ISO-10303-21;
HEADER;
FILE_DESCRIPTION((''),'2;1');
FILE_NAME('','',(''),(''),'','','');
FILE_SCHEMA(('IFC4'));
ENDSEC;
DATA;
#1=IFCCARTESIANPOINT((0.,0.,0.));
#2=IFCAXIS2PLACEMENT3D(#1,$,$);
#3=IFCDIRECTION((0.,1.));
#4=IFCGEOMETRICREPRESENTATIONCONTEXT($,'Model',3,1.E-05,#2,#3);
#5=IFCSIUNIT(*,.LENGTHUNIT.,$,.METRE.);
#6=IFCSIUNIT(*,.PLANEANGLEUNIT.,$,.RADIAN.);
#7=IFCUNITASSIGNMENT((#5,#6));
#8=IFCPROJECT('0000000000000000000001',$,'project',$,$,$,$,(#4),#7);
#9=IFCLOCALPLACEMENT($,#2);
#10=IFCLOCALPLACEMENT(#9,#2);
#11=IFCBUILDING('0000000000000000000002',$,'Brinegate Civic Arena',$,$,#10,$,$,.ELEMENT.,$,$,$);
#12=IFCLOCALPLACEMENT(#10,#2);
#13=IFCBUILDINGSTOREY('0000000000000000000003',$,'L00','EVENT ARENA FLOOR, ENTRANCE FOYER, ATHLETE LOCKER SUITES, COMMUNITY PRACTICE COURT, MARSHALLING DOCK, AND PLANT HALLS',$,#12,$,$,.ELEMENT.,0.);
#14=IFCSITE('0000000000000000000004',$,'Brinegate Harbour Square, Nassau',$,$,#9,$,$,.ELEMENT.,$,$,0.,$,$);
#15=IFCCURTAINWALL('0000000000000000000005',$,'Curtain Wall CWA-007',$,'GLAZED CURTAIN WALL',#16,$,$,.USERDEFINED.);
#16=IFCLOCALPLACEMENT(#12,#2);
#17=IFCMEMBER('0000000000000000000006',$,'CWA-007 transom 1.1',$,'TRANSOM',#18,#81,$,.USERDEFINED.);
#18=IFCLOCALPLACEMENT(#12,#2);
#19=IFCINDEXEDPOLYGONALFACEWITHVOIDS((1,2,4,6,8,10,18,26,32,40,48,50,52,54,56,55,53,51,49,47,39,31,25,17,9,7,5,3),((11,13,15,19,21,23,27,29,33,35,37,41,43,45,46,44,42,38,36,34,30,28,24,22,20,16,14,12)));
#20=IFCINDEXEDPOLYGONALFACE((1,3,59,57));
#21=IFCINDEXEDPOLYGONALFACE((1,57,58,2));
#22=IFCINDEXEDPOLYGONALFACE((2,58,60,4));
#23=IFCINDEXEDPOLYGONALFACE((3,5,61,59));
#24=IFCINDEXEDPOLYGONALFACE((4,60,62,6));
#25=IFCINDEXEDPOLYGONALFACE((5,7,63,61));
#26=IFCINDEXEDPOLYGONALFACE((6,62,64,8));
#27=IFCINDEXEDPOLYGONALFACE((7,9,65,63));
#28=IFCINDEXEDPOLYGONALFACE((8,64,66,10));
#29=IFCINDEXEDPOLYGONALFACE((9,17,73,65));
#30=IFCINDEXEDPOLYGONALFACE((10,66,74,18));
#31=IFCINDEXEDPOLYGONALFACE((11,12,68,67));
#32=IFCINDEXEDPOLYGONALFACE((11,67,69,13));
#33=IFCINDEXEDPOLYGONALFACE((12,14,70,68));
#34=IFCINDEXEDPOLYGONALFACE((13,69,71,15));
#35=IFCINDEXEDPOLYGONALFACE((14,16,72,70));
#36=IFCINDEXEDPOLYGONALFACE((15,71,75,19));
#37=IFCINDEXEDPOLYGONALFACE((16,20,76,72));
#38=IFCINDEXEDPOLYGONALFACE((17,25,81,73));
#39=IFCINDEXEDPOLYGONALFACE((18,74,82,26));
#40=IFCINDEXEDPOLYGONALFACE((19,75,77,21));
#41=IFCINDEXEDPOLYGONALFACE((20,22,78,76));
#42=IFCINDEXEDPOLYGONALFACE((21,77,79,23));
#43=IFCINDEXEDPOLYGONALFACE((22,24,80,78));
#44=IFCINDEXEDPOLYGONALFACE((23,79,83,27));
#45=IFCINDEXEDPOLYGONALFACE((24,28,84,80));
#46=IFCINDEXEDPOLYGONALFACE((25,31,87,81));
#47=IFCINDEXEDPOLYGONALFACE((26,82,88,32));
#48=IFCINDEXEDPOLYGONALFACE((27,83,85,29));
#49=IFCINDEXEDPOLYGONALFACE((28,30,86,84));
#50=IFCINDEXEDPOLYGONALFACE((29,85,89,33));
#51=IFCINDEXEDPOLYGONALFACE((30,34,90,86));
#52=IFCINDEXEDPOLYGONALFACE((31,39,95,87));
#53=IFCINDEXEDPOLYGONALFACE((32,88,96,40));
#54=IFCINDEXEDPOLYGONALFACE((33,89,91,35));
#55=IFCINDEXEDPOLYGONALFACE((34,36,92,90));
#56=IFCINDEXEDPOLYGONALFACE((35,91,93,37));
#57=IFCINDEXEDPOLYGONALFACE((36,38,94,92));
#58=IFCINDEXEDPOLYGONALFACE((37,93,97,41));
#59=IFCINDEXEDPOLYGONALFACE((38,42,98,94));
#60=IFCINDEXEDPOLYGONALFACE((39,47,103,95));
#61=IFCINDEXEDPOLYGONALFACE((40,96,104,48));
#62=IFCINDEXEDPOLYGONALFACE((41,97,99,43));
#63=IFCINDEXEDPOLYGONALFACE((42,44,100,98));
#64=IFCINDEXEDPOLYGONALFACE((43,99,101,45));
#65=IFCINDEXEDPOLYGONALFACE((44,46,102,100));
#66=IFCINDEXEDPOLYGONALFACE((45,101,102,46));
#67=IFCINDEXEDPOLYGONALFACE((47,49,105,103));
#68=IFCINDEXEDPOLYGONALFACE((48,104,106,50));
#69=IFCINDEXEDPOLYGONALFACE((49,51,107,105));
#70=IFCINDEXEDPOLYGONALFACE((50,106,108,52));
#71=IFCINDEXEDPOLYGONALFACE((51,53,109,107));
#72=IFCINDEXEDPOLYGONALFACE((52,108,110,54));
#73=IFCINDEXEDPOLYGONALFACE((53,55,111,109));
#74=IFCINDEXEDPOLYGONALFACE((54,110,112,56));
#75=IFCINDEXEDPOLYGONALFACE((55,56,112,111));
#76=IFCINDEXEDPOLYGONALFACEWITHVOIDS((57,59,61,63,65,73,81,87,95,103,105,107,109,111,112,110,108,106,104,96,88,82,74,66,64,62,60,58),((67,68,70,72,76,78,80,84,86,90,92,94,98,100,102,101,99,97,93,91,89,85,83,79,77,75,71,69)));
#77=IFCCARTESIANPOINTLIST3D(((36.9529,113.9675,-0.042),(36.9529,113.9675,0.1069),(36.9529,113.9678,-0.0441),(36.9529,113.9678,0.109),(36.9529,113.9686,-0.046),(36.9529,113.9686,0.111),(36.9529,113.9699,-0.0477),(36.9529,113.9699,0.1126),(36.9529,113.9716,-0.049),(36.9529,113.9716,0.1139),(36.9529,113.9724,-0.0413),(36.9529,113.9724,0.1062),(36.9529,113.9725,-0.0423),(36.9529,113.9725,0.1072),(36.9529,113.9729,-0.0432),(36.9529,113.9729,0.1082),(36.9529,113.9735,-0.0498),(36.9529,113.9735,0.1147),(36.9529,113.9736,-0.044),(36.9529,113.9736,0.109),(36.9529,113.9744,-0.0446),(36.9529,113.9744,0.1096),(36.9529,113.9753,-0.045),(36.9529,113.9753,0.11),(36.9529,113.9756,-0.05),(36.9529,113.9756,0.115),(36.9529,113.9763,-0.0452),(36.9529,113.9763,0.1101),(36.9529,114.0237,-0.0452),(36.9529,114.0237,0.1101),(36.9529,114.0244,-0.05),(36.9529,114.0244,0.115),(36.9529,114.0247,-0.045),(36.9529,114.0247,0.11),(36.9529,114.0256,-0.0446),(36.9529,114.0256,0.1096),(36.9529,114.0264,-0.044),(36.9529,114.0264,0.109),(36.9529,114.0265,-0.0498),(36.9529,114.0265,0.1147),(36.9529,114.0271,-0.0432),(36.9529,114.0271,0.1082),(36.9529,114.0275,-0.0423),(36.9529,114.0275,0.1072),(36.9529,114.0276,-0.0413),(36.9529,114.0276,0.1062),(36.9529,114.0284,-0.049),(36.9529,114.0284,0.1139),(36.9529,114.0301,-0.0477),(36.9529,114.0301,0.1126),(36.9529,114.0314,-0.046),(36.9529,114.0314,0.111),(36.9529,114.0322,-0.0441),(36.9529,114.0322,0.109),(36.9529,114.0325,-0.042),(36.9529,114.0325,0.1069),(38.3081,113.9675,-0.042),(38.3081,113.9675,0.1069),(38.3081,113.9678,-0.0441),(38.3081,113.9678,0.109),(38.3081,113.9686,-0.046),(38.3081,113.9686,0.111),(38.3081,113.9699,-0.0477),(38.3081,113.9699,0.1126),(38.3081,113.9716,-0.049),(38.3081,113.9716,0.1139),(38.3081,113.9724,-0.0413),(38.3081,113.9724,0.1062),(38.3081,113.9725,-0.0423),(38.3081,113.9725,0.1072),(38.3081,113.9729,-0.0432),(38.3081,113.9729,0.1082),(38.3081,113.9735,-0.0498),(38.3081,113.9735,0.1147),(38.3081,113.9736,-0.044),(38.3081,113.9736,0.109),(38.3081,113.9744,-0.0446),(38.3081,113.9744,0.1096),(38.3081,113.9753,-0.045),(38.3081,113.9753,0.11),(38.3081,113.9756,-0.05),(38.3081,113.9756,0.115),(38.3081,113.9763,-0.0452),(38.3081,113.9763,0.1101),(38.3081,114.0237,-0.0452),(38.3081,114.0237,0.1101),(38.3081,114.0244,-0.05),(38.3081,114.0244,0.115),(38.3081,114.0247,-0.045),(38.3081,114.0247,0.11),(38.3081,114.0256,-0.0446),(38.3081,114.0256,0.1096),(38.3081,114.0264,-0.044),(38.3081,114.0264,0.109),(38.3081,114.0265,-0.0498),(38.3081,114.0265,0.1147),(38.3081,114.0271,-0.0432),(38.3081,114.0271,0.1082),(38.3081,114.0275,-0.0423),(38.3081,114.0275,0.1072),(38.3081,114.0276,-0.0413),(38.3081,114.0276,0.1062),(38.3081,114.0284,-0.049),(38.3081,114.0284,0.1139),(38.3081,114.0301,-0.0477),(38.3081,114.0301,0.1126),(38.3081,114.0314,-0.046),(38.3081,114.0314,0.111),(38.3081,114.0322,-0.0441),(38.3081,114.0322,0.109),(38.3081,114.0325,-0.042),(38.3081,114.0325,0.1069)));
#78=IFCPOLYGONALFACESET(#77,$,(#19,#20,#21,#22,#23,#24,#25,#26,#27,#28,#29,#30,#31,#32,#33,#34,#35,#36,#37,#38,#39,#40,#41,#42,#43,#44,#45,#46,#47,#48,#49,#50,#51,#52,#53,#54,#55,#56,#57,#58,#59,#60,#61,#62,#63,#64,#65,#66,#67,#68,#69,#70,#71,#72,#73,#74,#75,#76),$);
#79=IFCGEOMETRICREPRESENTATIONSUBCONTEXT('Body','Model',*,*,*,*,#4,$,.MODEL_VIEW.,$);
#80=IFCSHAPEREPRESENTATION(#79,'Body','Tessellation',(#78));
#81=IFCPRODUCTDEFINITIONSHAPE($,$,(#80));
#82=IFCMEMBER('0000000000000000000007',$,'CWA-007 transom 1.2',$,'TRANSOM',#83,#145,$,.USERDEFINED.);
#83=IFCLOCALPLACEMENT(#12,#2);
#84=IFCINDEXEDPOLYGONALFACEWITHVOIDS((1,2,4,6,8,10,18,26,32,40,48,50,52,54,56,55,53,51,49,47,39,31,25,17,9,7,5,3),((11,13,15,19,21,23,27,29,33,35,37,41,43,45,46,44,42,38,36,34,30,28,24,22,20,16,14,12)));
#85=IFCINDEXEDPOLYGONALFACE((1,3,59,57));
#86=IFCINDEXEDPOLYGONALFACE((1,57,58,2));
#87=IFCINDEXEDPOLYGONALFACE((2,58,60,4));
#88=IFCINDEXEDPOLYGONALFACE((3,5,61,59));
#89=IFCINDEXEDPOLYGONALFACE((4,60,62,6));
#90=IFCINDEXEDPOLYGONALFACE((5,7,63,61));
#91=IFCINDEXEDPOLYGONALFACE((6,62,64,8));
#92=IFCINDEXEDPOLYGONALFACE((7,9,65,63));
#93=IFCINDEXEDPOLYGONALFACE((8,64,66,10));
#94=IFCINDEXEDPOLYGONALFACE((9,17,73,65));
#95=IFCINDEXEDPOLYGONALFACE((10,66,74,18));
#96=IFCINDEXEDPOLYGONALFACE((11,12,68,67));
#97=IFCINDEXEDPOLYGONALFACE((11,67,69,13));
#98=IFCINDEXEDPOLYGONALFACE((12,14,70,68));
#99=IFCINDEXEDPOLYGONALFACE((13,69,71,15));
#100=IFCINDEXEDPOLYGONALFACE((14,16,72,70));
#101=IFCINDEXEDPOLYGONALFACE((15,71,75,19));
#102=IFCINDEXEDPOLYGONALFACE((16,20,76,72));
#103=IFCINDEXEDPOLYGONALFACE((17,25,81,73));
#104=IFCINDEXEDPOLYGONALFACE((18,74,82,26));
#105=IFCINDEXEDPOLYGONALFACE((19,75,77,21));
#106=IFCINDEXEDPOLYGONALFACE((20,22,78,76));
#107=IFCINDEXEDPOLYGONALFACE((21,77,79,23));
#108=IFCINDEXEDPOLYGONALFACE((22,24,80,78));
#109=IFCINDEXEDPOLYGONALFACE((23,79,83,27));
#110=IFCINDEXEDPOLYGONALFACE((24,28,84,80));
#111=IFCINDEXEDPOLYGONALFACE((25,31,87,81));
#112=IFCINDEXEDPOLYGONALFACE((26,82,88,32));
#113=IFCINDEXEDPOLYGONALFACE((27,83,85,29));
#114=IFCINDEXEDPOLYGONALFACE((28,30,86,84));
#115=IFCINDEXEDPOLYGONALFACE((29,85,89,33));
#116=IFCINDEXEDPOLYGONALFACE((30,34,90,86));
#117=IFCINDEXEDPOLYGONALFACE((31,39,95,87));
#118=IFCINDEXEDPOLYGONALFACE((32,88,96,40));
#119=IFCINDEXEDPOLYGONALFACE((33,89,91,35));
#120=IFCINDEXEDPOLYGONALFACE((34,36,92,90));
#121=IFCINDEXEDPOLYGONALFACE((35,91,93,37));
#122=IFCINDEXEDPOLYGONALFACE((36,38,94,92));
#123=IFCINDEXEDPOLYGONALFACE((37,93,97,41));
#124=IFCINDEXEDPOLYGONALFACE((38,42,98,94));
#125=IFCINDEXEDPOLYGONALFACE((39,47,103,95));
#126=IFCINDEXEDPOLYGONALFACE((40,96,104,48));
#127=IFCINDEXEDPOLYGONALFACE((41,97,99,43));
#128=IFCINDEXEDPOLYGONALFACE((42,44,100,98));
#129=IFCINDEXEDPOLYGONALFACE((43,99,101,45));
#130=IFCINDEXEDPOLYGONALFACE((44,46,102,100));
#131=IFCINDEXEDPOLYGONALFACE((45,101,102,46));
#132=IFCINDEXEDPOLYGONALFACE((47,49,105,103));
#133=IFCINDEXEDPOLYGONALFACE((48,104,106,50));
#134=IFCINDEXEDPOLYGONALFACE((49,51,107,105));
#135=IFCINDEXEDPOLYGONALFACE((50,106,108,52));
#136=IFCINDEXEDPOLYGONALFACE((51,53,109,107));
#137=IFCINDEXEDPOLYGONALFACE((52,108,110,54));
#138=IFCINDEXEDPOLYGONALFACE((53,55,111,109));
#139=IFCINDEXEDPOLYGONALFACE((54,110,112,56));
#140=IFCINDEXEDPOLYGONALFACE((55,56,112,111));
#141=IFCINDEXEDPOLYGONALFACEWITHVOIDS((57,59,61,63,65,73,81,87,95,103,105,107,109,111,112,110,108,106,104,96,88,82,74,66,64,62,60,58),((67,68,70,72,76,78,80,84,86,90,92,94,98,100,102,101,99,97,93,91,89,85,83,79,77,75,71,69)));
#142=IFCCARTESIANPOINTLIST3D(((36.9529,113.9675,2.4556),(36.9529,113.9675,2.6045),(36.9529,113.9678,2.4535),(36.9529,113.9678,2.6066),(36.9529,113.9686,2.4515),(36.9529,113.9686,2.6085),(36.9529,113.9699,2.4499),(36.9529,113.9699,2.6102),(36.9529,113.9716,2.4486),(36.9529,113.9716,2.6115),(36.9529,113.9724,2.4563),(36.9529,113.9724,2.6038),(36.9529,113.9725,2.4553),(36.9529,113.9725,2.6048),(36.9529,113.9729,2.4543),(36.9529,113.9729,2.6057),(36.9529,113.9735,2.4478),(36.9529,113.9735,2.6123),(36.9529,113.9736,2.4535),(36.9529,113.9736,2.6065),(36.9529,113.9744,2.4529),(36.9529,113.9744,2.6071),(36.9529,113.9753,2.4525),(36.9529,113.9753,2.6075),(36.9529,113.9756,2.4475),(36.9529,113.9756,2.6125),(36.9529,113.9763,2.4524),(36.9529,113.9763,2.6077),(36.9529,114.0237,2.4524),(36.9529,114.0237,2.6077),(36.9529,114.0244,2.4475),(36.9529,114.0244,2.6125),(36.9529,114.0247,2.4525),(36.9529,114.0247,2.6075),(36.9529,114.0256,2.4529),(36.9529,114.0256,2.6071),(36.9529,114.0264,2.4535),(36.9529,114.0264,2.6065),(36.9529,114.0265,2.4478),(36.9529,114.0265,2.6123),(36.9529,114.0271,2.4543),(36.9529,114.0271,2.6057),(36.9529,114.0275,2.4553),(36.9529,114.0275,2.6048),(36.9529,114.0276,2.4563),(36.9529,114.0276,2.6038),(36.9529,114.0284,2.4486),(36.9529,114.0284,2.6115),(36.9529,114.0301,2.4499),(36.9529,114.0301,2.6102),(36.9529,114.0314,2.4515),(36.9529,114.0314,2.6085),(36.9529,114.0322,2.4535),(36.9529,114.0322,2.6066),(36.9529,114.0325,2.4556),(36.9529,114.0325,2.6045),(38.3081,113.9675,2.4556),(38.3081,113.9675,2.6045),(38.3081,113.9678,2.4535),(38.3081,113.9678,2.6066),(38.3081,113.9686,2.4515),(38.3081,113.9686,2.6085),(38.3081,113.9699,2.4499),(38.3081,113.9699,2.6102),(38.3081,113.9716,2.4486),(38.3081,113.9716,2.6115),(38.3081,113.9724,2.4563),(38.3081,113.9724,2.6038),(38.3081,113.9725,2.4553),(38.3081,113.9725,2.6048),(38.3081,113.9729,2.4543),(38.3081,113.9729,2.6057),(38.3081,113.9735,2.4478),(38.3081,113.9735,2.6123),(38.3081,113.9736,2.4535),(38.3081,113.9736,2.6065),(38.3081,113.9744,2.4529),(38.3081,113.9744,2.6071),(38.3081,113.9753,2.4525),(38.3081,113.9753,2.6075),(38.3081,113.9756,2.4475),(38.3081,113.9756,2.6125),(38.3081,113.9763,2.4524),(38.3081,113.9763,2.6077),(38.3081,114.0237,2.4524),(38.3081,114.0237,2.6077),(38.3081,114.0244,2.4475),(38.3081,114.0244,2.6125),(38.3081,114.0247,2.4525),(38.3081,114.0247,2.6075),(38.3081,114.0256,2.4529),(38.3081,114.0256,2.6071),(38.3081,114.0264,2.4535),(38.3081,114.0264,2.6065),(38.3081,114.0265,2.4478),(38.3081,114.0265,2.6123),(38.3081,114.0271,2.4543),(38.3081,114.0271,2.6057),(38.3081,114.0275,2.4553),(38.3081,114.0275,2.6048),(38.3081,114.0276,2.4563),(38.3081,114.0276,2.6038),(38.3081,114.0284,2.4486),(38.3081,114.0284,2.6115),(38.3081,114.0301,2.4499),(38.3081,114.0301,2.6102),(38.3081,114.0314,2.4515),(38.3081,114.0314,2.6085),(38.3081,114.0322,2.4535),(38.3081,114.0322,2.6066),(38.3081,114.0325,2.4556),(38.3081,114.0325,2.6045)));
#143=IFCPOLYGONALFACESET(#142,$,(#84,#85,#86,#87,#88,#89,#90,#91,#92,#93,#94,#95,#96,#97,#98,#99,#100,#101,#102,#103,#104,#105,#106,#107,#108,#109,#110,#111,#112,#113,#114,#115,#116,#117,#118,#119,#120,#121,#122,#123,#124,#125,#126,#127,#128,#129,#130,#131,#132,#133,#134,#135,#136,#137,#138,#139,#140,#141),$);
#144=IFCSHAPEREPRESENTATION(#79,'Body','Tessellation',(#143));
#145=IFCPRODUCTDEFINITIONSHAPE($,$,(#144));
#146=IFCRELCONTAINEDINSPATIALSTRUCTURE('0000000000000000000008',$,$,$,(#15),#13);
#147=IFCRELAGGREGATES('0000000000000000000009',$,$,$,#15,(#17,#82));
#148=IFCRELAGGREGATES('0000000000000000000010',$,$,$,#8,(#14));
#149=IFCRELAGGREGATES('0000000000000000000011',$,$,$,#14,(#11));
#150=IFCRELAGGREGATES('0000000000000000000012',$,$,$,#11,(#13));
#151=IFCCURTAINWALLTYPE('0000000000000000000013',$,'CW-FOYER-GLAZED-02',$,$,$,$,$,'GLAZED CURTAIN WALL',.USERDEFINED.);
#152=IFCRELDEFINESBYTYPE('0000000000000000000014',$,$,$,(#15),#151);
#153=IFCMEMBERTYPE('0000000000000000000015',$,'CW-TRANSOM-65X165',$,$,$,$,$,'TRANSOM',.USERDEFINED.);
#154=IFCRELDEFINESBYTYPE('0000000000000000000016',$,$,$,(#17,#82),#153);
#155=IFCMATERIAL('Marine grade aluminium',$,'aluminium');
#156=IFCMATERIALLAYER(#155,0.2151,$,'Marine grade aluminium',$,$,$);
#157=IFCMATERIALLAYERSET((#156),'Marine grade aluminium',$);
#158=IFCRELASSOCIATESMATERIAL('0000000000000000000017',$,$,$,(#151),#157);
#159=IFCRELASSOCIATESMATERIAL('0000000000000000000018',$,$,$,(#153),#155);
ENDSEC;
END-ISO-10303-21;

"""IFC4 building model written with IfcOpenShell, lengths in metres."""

from ifc_helpers import new_model, si_unit, direction, frame, origin, origin_2d, place, context, subcontext, project, spatial, hollow_rectangle, extrude, material, layer, layer_set, material_profile, profile_set, type_object, element, aggregate, save


model = new_model("IFC4")

# Units and contexts
model_context = context("Model", 3, precision=1e-05, world=origin(), true_north=direction((0.0, 1.0)))
body_context = subcontext(model_context, "Body", "Model", "MODEL_VIEW")
ifc_project = project(units=[si_unit("LENGTHUNIT", "METRE"), si_unit("PLANEANGLEUNIT", "RADIAN")], contexts=[model_context])

# Site, building, storey
site_placement = place(None, origin())
site = spatial("IfcSite", under=ifc_project, at=site_placement, Name="Brinegate Harbour Square, Nassau", CompositionType="ELEMENT", RefElevation=0.0)
building_placement = place(site_placement, origin())
building = spatial("IfcBuilding", under=site, at=building_placement, Name="Brinegate Civic Arena", CompositionType="ELEMENT")
storey_placement = place(building_placement, origin())
storey = spatial("IfcBuildingStorey", under=building, at=storey_placement, Name="L00", Description="EVENT ARENA FLOOR, ENTRANCE FOYER, ATHLETE LOCKER SUITES, COMMUNITY PRACTICE COURT, MARSHALLING DOCK, AND PLANT HALLS", CompositionType="ELEMENT", Elevation=0.0)

# Curtain wall
ifc_material_1 = material(Name="Marine grade aluminium", Category="aluminium")
ifc_layer_1 = layer(ifc_material_1, 0.2151, Name="Marine grade aluminium")
ifc_layer_set_1 = layer_set([ifc_layer_1], Name="Marine grade aluminium")
curtain_wall_type = type_object("IfcCurtainWallType", Name="CW-FOYER-GLAZED-02", ElementType="GLAZED CURTAIN WALL", PredefinedType="USERDEFINED", material=ifc_layer_set_1)
curtain_wall_1_placement = place(storey_placement, origin())
curtain_wall_1 = element("IfcCurtainWall", 1, at=curtain_wall_1_placement, inside=storey, type_object=curtain_wall_type, Name="Curtain Wall CWA-007", ObjectType="GLAZED CURTAIN WALL", PredefinedType="USERDEFINED")

# Members
ifc_material_profile_1 = material_profile(ifc_material_1, hollow_rectangle(XDim=0.0649, YDim=0.165, WallThickness=0.0049, InnerFilletRadius=0.0039, OuterFilletRadius=0.0081, at=origin_2d()), Name="TRN65X165")
ifc_profile_set_1 = profile_set([ifc_material_profile_1], Name="Marine grade aluminium")
member_type_1 = type_object("IfcMemberType", Name="CW-TRANSOM-65X165", ElementType="TRANSOM", PredefinedType="USERDEFINED", material=ifc_profile_set_1)
member_1_placement = place(storey_placement, frame((36.9529, 114.0, 0.0325), z_axis=(1.0, 0.0, 0.0), x_axis=(0.0, 1.0, 0.0)))
member_1 = element("IfcMember", 2, at=member_1_placement, type_object=member_type_1, Name="CWA-007 transom 1.1", ObjectType="TRANSOM", PredefinedType="USERDEFINED", context=body_context, shape_type="SweptSolid", body=[
    extrude(hollow_rectangle(XDim=0.0649, YDim=0.165, WallThickness=0.0049, InnerFilletRadius=0.0039, OuterFilletRadius=0.0081, at=origin_2d()), origin(), (0.0, 0.0, 1.0), 1.3552),
])
member_2_placement = place(storey_placement, frame((36.9529, 114.0, 2.53), z_axis=(1.0, 0.0, 0.0), x_axis=(0.0, 1.0, 0.0)))
member_2 = element("IfcMember", 3, at=member_2_placement, type_object=member_type_1, Name="CWA-007 transom 1.2", ObjectType="TRANSOM", PredefinedType="USERDEFINED", context=body_context, shape_type="SweptSolid", body=[
    extrude(hollow_rectangle(XDim=0.0649, YDim=0.165, WallThickness=0.0049, InnerFilletRadius=0.0039, OuterFilletRadius=0.0081, at=origin_2d()), origin(), (0.0, 0.0, 1.0), 1.3552),
])

aggregate(curtain_wall_1, [member_1, member_2])

save(model, "model.ifc")
